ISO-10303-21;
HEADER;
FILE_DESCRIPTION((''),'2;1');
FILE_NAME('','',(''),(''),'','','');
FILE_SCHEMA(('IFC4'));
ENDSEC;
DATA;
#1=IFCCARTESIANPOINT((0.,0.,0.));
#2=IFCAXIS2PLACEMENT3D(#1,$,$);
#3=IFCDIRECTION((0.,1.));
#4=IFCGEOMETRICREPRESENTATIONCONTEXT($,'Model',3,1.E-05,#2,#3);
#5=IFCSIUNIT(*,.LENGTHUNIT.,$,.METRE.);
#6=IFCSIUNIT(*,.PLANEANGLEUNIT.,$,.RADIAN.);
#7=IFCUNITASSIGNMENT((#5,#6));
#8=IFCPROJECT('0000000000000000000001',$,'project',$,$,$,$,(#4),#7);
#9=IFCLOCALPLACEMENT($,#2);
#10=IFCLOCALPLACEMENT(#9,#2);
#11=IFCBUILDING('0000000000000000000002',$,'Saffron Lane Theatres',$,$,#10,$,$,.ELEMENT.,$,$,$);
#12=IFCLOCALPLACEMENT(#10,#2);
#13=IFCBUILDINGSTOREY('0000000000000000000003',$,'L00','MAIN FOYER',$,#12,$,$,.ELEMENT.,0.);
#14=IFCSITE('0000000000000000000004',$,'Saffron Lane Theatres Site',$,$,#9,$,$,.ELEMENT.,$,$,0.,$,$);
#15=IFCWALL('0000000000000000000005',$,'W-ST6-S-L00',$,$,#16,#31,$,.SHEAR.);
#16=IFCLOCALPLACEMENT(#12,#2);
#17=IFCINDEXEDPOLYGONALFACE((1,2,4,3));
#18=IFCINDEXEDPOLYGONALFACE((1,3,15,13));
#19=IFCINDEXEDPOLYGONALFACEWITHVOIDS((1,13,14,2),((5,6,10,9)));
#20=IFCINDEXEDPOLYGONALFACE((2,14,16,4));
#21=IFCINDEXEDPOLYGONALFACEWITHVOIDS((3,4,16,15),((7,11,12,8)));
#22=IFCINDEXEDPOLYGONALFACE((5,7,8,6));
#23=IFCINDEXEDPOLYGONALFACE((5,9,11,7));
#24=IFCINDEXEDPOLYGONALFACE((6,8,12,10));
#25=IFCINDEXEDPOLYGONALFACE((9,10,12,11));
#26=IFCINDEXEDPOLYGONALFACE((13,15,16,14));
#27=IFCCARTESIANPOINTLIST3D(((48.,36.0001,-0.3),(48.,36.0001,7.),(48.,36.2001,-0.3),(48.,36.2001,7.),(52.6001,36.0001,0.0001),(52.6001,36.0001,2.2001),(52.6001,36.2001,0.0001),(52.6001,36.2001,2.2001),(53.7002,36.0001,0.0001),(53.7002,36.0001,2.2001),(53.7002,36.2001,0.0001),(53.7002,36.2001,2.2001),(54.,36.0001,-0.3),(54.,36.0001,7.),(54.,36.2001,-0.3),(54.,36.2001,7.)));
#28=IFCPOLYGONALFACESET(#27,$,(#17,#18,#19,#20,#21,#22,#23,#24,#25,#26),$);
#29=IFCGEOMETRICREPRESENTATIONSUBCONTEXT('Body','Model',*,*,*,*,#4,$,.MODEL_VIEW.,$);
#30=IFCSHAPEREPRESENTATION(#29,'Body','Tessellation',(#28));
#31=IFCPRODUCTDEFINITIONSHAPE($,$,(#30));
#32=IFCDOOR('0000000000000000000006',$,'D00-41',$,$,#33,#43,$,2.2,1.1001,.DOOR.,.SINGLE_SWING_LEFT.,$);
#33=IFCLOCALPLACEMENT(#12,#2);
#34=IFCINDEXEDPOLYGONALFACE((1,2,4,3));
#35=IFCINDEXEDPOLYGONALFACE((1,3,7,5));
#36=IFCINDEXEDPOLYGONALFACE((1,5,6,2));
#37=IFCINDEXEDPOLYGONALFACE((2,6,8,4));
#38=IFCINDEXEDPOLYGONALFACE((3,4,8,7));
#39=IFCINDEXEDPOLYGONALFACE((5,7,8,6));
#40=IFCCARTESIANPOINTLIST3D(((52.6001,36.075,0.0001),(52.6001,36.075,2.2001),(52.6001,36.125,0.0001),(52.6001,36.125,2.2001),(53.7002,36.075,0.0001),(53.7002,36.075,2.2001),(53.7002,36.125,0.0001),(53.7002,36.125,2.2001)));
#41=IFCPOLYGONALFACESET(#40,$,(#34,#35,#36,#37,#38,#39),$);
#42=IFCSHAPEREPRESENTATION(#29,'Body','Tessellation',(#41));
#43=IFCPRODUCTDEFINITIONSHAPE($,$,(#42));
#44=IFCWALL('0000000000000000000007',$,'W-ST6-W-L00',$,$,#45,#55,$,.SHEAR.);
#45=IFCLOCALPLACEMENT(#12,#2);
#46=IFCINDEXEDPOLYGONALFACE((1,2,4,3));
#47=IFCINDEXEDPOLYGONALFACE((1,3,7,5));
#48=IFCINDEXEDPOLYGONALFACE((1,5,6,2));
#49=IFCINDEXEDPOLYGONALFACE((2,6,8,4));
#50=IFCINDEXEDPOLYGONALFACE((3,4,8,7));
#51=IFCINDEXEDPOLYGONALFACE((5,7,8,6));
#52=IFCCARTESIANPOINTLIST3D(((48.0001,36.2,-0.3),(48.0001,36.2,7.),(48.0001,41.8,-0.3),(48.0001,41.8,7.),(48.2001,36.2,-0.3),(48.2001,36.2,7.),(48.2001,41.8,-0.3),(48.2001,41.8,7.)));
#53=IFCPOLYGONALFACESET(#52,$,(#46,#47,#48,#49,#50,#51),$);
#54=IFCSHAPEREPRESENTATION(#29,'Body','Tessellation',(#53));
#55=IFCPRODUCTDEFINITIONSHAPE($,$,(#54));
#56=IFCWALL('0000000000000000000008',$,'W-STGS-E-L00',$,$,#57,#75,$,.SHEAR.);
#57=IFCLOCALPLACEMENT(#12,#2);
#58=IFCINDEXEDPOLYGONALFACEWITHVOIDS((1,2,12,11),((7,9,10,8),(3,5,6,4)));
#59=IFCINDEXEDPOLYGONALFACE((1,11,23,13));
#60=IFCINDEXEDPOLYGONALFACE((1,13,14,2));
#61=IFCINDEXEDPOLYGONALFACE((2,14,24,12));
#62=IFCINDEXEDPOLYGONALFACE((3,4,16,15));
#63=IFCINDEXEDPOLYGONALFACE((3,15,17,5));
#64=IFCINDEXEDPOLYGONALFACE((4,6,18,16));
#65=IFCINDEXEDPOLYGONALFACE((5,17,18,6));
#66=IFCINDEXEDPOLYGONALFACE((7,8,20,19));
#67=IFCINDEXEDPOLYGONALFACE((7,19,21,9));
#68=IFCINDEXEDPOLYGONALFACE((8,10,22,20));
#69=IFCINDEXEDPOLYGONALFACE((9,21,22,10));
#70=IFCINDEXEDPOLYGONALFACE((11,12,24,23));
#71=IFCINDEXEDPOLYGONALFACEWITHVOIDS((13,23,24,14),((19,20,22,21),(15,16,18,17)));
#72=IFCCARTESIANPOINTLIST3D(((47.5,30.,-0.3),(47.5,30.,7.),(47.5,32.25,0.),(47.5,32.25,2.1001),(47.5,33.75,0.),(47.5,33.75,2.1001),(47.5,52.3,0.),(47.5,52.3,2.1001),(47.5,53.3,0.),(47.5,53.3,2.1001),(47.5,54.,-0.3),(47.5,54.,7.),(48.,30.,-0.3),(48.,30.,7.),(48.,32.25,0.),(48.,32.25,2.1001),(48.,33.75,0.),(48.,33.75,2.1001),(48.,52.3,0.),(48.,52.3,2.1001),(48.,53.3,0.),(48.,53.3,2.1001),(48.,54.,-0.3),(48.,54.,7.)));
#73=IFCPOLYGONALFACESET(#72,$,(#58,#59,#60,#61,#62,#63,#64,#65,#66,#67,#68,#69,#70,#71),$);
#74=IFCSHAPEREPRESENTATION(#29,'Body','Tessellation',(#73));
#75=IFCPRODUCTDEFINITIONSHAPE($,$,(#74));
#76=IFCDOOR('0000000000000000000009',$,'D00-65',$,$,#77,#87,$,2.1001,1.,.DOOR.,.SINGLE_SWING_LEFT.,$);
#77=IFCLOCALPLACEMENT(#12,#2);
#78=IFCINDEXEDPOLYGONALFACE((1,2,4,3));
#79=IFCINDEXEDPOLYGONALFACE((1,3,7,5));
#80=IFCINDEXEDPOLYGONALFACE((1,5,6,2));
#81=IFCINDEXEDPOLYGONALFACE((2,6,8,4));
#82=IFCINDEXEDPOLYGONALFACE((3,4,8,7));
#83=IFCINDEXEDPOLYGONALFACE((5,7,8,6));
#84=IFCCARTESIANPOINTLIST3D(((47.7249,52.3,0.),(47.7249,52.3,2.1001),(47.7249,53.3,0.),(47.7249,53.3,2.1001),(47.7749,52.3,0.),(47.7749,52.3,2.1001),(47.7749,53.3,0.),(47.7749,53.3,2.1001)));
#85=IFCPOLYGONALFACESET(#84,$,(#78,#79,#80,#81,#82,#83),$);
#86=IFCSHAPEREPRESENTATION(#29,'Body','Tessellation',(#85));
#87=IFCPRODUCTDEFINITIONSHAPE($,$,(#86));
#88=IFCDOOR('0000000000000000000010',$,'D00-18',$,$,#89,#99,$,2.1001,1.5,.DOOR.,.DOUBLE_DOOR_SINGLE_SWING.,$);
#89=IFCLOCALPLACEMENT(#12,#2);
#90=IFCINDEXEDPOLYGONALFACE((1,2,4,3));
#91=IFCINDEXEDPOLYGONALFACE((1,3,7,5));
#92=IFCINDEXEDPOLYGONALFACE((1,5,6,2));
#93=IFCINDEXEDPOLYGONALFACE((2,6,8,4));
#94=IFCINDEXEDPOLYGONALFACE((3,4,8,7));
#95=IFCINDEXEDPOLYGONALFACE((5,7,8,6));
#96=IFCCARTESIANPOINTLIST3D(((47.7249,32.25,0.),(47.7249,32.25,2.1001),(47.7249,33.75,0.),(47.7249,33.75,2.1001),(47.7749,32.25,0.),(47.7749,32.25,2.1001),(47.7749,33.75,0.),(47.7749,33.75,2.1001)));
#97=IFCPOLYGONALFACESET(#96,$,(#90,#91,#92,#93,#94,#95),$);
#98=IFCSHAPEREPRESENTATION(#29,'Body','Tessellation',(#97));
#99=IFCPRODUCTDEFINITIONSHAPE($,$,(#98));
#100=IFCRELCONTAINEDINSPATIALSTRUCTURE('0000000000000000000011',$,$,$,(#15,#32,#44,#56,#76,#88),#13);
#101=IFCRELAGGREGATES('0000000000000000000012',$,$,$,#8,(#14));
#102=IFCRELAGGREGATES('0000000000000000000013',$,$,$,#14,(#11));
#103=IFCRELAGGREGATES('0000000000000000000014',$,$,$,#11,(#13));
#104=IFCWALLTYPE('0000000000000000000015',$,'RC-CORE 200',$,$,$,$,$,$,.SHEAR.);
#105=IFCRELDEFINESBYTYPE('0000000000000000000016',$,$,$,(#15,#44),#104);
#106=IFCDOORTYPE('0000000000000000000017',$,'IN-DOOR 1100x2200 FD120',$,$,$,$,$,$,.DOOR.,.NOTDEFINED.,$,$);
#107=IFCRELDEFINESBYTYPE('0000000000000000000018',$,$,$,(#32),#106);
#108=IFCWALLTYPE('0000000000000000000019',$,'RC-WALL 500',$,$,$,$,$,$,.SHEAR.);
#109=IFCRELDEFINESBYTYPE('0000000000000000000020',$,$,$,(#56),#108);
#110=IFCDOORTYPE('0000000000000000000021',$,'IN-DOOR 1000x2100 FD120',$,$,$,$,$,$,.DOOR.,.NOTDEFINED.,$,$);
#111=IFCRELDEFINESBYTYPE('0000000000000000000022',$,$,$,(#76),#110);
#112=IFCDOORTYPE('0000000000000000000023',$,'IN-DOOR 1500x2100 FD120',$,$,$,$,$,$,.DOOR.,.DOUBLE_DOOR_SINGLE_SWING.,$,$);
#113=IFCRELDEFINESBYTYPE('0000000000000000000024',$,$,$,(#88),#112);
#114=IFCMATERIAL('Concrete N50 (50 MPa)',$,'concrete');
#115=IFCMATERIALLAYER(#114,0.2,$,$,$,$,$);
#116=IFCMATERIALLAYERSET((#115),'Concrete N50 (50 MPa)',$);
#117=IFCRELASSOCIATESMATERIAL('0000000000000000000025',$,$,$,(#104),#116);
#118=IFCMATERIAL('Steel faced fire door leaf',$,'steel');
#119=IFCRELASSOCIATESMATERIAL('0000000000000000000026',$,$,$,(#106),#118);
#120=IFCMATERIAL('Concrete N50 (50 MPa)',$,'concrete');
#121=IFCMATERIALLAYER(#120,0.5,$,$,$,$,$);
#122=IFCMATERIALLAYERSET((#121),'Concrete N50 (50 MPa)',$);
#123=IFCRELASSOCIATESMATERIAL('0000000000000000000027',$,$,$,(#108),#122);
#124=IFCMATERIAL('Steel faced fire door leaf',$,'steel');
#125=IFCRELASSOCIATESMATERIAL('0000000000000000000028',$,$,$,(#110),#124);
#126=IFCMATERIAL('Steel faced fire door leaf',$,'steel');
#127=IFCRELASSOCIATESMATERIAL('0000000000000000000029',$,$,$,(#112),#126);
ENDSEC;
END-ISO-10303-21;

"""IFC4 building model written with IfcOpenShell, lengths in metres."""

from ifc_helpers import new_model, si_unit, direction, frame, frame_2d, origin, place, context, subcontext, project, spatial, rectangle, extrude, material, layer, layer_set, type_object, element, fill, save


model = new_model("IFC4")

# Units and contexts
model_context = context("Model", 3, precision=1e-05, world=origin(), true_north=direction((0.0, 1.0)))
body_context = subcontext(model_context, "Body", "Model", "MODEL_VIEW")
ifc_project = project(units=[si_unit("LENGTHUNIT", "METRE"), si_unit("PLANEANGLEUNIT", "RADIAN")], contexts=[model_context])

# Site, building, storey
site_placement = place(None, origin())
site = spatial("IfcSite", under=ifc_project, at=site_placement, Name="Saffron Lane Theatres Site", CompositionType="ELEMENT", RefElevation=0.0)
building_placement = place(site_placement, origin())
building = spatial("IfcBuilding", under=site, at=building_placement, Name="Saffron Lane Theatres", CompositionType="ELEMENT")
storey_placement = place(building_placement, origin())
storey = spatial("IfcBuildingStorey", under=building, at=storey_placement, Name="L00", Description="MAIN FOYER", CompositionType="ELEMENT", Elevation=0.0)

# Wall, opening, door
ifc_material_1 = material(Name="Concrete N50 (50 MPa)", Category="concrete")
ifc_layer_1 = layer(ifc_material_1, 0.2)
ifc_layer_set_1 = layer_set([ifc_layer_1], Name="Concrete N50 (50 MPa)")
wall_type_1 = type_object("IfcWallType", Name="RC-CORE 200", PredefinedType="SHEAR", material=ifc_layer_set_1)
wall_1_placement = place(storey_placement, frame((48.0, 36.1001, -0.3), z_axis=(0.0, 0.0, 1.0), x_axis=(1.0, 0.0, 0.0)))
wall_1 = element("IfcWall", 1, at=wall_1_placement, inside=storey, type_object=wall_type_1, Name="W-ST6-S-L00", PredefinedType="SHEAR", context=body_context, shape_type="SweptSolid", body=[
    extrude(rectangle(XDim=6.0, YDim=0.2, at=frame_2d((3.0, 0.0))), origin(), (0.0, 0.0, 1.0), 7.3),
])
opening_1_placement = place(wall_1_placement, frame((4.6001, 0.0, 0.3)))
opening_1 = element("IfcOpeningElement", 2, at=opening_1_placement, cuts=wall_1, PredefinedType="OPENING", context=body_context, shape_type="SweptSolid", body=[
    extrude(rectangle(XDim=1.1001, YDim=2.2, at=frame_2d((0.55, 1.1001))), frame((0.0, 0.1099, 0.0), z_axis=(0.0, -1.0, 0.0), x_axis=(1.0, 0.0, 0.0)), (0.0, 0.0, 1.0), 0.22),
])
ifc_material_2 = material(Name="Steel faced fire door leaf", Category="steel")
door_type_1 = type_object("IfcDoorType", Name="IN-DOOR 1100x2200 FD120", OperationType="NOTDEFINED", PredefinedType="DOOR", material=ifc_material_2)
door_1_placement = place(opening_1_placement, origin())
door_1 = element("IfcDoor", 3, at=door_1_placement, inside=storey, type_object=door_type_1, Name="D00-41", OperationType="SINGLE_SWING_LEFT", OverallHeight=2.2, OverallWidth=1.1001, PredefinedType="DOOR", context=body_context, shape_type="SweptSolid", body=[
    extrude(rectangle(XDim=1.1001, YDim=2.2, at=frame_2d((0.55, 1.1001))), frame((0.0, 0.0249, 0.0), z_axis=(0.0, -1.0, 0.0), x_axis=(1.0, 0.0, 0.0)), (0.0, 0.0, 1.0), 0.05),
])
fill(opening_1, door_1)

# Wall
wall_2_placement = place(storey_placement, frame((48.1001, 36.2, -0.3), z_axis=(0.0, 0.0, 1.0), x_axis=(0.0, 1.0, 0.0)))
element("IfcWall", 4, at=wall_2_placement, inside=storey, type_object=wall_type_1, Name="W-ST6-W-L00", PredefinedType="SHEAR", context=body_context, shape_type="SweptSolid", body=[
    extrude(rectangle(XDim=5.6001, YDim=0.2, at=frame_2d((2.8, 0.0))), origin(), (0.0, 0.0, 1.0), 7.3),
])

# Wall, openings, doors
ifc_material_3 = material(Name="Concrete N50 (50 MPa)", Category="concrete")
ifc_layer_2 = layer(ifc_material_3, 0.5)
ifc_layer_set_2 = layer_set([ifc_layer_2], Name="Concrete N50 (50 MPa)")
wall_type_2 = type_object("IfcWallType", Name="RC-WALL 500", PredefinedType="SHEAR", material=ifc_layer_set_2)
wall_3_placement = place(storey_placement, frame((47.75, 30.0, -0.3), z_axis=(0.0, 0.0, 1.0), x_axis=(0.0, 1.0, 0.0)))
wall_3 = element("IfcWall", 5, at=wall_3_placement, inside=storey, type_object=wall_type_2, Name="W-STGS-E-L00", PredefinedType="SHEAR", context=body_context, shape_type="SweptSolid", body=[
    extrude(rectangle(XDim=24.0, YDim=0.5, at=frame_2d((12.0, 0.0))), origin(), (0.0, 0.0, 1.0), 7.3),
])
opening_2_placement = place(wall_3_placement, frame((2.25, 0.0, 0.3)))
opening_2 = element("IfcOpeningElement", 6, at=opening_2_placement, cuts=wall_3, PredefinedType="OPENING", context=body_context, shape_type="SweptSolid", body=[
    extrude(rectangle(XDim=1.5, YDim=2.1001, at=frame_2d((0.75, 1.05))), frame((0.0, 0.26, 0.0), z_axis=(0.0, -1.0, 0.0), x_axis=(1.0, 0.0, 0.0)), (0.0, 0.0, 1.0), 0.52),
])
opening_3_placement = place(wall_3_placement, frame((22.3, 0.0, 0.3)))
opening_3 = element("IfcOpeningElement", 7, at=opening_3_placement, cuts=wall_3, PredefinedType="OPENING", context=body_context, shape_type="SweptSolid", body=[
    extrude(rectangle(XDim=1.0, YDim=2.1001, at=frame_2d((0.5, 1.05))), frame((0.0, 0.26, 0.0), z_axis=(0.0, -1.0, 0.0), x_axis=(1.0, 0.0, 0.0)), (0.0, 0.0, 1.0), 0.52),
])
ifc_material_4 = material(Name="Steel faced fire door leaf", Category="steel")
door_type_2 = type_object("IfcDoorType", Name="IN-DOOR 1000x2100 FD120", OperationType="NOTDEFINED", PredefinedType="DOOR", material=ifc_material_4)
door_2_placement = place(opening_3_placement, frame((1.0, 0.0, 0.0), z_axis=(0.0, 0.0, 1.0), x_axis=(-1.0, 0.0, 0.0)))
door_2 = element("IfcDoor", 8, at=door_2_placement, inside=storey, type_object=door_type_2, Name="D00-65", OperationType="SINGLE_SWING_LEFT", OverallHeight=2.1001, OverallWidth=1.0, PredefinedType="DOOR", context=body_context, shape_type="SweptSolid", body=[
    extrude(rectangle(XDim=1.0, YDim=2.1001, at=frame_2d((0.5, 1.05))), frame((0.0, 0.0249, 0.0), z_axis=(0.0, -1.0, 0.0), x_axis=(1.0, 0.0, 0.0)), (0.0, 0.0, 1.0), 0.05),
])
fill(opening_3, door_2)
ifc_material_5 = material(Name="Steel faced fire door leaf", Category="steel")
door_type_3 = type_object("IfcDoorType", Name="IN-DOOR 1500x2100 FD120", OperationType="DOUBLE_DOOR_SINGLE_SWING", PredefinedType="DOOR", material=ifc_material_5)
door_3_placement = place(opening_2_placement, frame((1.5, 0.0, 0.0), z_axis=(0.0, 0.0, 1.0), x_axis=(-1.0, 0.0, 0.0)))
door_3 = element("IfcDoor", 9, at=door_3_placement, inside=storey, type_object=door_type_3, Name="D00-18", OperationType="DOUBLE_DOOR_SINGLE_SWING", OverallHeight=2.1001, OverallWidth=1.5, PredefinedType="DOOR", context=body_context, shape_type="SweptSolid", body=[
    extrude(rectangle(XDim=1.5, YDim=2.1001, at=frame_2d((0.75, 1.05))), frame((0.0, 0.0249, 0.0), z_axis=(0.0, -1.0, 0.0), x_axis=(1.0, 0.0, 0.0)), (0.0, 0.0, 1.0), 0.05),
])
fill(opening_2, door_3)

save(model, "model.ifc")
